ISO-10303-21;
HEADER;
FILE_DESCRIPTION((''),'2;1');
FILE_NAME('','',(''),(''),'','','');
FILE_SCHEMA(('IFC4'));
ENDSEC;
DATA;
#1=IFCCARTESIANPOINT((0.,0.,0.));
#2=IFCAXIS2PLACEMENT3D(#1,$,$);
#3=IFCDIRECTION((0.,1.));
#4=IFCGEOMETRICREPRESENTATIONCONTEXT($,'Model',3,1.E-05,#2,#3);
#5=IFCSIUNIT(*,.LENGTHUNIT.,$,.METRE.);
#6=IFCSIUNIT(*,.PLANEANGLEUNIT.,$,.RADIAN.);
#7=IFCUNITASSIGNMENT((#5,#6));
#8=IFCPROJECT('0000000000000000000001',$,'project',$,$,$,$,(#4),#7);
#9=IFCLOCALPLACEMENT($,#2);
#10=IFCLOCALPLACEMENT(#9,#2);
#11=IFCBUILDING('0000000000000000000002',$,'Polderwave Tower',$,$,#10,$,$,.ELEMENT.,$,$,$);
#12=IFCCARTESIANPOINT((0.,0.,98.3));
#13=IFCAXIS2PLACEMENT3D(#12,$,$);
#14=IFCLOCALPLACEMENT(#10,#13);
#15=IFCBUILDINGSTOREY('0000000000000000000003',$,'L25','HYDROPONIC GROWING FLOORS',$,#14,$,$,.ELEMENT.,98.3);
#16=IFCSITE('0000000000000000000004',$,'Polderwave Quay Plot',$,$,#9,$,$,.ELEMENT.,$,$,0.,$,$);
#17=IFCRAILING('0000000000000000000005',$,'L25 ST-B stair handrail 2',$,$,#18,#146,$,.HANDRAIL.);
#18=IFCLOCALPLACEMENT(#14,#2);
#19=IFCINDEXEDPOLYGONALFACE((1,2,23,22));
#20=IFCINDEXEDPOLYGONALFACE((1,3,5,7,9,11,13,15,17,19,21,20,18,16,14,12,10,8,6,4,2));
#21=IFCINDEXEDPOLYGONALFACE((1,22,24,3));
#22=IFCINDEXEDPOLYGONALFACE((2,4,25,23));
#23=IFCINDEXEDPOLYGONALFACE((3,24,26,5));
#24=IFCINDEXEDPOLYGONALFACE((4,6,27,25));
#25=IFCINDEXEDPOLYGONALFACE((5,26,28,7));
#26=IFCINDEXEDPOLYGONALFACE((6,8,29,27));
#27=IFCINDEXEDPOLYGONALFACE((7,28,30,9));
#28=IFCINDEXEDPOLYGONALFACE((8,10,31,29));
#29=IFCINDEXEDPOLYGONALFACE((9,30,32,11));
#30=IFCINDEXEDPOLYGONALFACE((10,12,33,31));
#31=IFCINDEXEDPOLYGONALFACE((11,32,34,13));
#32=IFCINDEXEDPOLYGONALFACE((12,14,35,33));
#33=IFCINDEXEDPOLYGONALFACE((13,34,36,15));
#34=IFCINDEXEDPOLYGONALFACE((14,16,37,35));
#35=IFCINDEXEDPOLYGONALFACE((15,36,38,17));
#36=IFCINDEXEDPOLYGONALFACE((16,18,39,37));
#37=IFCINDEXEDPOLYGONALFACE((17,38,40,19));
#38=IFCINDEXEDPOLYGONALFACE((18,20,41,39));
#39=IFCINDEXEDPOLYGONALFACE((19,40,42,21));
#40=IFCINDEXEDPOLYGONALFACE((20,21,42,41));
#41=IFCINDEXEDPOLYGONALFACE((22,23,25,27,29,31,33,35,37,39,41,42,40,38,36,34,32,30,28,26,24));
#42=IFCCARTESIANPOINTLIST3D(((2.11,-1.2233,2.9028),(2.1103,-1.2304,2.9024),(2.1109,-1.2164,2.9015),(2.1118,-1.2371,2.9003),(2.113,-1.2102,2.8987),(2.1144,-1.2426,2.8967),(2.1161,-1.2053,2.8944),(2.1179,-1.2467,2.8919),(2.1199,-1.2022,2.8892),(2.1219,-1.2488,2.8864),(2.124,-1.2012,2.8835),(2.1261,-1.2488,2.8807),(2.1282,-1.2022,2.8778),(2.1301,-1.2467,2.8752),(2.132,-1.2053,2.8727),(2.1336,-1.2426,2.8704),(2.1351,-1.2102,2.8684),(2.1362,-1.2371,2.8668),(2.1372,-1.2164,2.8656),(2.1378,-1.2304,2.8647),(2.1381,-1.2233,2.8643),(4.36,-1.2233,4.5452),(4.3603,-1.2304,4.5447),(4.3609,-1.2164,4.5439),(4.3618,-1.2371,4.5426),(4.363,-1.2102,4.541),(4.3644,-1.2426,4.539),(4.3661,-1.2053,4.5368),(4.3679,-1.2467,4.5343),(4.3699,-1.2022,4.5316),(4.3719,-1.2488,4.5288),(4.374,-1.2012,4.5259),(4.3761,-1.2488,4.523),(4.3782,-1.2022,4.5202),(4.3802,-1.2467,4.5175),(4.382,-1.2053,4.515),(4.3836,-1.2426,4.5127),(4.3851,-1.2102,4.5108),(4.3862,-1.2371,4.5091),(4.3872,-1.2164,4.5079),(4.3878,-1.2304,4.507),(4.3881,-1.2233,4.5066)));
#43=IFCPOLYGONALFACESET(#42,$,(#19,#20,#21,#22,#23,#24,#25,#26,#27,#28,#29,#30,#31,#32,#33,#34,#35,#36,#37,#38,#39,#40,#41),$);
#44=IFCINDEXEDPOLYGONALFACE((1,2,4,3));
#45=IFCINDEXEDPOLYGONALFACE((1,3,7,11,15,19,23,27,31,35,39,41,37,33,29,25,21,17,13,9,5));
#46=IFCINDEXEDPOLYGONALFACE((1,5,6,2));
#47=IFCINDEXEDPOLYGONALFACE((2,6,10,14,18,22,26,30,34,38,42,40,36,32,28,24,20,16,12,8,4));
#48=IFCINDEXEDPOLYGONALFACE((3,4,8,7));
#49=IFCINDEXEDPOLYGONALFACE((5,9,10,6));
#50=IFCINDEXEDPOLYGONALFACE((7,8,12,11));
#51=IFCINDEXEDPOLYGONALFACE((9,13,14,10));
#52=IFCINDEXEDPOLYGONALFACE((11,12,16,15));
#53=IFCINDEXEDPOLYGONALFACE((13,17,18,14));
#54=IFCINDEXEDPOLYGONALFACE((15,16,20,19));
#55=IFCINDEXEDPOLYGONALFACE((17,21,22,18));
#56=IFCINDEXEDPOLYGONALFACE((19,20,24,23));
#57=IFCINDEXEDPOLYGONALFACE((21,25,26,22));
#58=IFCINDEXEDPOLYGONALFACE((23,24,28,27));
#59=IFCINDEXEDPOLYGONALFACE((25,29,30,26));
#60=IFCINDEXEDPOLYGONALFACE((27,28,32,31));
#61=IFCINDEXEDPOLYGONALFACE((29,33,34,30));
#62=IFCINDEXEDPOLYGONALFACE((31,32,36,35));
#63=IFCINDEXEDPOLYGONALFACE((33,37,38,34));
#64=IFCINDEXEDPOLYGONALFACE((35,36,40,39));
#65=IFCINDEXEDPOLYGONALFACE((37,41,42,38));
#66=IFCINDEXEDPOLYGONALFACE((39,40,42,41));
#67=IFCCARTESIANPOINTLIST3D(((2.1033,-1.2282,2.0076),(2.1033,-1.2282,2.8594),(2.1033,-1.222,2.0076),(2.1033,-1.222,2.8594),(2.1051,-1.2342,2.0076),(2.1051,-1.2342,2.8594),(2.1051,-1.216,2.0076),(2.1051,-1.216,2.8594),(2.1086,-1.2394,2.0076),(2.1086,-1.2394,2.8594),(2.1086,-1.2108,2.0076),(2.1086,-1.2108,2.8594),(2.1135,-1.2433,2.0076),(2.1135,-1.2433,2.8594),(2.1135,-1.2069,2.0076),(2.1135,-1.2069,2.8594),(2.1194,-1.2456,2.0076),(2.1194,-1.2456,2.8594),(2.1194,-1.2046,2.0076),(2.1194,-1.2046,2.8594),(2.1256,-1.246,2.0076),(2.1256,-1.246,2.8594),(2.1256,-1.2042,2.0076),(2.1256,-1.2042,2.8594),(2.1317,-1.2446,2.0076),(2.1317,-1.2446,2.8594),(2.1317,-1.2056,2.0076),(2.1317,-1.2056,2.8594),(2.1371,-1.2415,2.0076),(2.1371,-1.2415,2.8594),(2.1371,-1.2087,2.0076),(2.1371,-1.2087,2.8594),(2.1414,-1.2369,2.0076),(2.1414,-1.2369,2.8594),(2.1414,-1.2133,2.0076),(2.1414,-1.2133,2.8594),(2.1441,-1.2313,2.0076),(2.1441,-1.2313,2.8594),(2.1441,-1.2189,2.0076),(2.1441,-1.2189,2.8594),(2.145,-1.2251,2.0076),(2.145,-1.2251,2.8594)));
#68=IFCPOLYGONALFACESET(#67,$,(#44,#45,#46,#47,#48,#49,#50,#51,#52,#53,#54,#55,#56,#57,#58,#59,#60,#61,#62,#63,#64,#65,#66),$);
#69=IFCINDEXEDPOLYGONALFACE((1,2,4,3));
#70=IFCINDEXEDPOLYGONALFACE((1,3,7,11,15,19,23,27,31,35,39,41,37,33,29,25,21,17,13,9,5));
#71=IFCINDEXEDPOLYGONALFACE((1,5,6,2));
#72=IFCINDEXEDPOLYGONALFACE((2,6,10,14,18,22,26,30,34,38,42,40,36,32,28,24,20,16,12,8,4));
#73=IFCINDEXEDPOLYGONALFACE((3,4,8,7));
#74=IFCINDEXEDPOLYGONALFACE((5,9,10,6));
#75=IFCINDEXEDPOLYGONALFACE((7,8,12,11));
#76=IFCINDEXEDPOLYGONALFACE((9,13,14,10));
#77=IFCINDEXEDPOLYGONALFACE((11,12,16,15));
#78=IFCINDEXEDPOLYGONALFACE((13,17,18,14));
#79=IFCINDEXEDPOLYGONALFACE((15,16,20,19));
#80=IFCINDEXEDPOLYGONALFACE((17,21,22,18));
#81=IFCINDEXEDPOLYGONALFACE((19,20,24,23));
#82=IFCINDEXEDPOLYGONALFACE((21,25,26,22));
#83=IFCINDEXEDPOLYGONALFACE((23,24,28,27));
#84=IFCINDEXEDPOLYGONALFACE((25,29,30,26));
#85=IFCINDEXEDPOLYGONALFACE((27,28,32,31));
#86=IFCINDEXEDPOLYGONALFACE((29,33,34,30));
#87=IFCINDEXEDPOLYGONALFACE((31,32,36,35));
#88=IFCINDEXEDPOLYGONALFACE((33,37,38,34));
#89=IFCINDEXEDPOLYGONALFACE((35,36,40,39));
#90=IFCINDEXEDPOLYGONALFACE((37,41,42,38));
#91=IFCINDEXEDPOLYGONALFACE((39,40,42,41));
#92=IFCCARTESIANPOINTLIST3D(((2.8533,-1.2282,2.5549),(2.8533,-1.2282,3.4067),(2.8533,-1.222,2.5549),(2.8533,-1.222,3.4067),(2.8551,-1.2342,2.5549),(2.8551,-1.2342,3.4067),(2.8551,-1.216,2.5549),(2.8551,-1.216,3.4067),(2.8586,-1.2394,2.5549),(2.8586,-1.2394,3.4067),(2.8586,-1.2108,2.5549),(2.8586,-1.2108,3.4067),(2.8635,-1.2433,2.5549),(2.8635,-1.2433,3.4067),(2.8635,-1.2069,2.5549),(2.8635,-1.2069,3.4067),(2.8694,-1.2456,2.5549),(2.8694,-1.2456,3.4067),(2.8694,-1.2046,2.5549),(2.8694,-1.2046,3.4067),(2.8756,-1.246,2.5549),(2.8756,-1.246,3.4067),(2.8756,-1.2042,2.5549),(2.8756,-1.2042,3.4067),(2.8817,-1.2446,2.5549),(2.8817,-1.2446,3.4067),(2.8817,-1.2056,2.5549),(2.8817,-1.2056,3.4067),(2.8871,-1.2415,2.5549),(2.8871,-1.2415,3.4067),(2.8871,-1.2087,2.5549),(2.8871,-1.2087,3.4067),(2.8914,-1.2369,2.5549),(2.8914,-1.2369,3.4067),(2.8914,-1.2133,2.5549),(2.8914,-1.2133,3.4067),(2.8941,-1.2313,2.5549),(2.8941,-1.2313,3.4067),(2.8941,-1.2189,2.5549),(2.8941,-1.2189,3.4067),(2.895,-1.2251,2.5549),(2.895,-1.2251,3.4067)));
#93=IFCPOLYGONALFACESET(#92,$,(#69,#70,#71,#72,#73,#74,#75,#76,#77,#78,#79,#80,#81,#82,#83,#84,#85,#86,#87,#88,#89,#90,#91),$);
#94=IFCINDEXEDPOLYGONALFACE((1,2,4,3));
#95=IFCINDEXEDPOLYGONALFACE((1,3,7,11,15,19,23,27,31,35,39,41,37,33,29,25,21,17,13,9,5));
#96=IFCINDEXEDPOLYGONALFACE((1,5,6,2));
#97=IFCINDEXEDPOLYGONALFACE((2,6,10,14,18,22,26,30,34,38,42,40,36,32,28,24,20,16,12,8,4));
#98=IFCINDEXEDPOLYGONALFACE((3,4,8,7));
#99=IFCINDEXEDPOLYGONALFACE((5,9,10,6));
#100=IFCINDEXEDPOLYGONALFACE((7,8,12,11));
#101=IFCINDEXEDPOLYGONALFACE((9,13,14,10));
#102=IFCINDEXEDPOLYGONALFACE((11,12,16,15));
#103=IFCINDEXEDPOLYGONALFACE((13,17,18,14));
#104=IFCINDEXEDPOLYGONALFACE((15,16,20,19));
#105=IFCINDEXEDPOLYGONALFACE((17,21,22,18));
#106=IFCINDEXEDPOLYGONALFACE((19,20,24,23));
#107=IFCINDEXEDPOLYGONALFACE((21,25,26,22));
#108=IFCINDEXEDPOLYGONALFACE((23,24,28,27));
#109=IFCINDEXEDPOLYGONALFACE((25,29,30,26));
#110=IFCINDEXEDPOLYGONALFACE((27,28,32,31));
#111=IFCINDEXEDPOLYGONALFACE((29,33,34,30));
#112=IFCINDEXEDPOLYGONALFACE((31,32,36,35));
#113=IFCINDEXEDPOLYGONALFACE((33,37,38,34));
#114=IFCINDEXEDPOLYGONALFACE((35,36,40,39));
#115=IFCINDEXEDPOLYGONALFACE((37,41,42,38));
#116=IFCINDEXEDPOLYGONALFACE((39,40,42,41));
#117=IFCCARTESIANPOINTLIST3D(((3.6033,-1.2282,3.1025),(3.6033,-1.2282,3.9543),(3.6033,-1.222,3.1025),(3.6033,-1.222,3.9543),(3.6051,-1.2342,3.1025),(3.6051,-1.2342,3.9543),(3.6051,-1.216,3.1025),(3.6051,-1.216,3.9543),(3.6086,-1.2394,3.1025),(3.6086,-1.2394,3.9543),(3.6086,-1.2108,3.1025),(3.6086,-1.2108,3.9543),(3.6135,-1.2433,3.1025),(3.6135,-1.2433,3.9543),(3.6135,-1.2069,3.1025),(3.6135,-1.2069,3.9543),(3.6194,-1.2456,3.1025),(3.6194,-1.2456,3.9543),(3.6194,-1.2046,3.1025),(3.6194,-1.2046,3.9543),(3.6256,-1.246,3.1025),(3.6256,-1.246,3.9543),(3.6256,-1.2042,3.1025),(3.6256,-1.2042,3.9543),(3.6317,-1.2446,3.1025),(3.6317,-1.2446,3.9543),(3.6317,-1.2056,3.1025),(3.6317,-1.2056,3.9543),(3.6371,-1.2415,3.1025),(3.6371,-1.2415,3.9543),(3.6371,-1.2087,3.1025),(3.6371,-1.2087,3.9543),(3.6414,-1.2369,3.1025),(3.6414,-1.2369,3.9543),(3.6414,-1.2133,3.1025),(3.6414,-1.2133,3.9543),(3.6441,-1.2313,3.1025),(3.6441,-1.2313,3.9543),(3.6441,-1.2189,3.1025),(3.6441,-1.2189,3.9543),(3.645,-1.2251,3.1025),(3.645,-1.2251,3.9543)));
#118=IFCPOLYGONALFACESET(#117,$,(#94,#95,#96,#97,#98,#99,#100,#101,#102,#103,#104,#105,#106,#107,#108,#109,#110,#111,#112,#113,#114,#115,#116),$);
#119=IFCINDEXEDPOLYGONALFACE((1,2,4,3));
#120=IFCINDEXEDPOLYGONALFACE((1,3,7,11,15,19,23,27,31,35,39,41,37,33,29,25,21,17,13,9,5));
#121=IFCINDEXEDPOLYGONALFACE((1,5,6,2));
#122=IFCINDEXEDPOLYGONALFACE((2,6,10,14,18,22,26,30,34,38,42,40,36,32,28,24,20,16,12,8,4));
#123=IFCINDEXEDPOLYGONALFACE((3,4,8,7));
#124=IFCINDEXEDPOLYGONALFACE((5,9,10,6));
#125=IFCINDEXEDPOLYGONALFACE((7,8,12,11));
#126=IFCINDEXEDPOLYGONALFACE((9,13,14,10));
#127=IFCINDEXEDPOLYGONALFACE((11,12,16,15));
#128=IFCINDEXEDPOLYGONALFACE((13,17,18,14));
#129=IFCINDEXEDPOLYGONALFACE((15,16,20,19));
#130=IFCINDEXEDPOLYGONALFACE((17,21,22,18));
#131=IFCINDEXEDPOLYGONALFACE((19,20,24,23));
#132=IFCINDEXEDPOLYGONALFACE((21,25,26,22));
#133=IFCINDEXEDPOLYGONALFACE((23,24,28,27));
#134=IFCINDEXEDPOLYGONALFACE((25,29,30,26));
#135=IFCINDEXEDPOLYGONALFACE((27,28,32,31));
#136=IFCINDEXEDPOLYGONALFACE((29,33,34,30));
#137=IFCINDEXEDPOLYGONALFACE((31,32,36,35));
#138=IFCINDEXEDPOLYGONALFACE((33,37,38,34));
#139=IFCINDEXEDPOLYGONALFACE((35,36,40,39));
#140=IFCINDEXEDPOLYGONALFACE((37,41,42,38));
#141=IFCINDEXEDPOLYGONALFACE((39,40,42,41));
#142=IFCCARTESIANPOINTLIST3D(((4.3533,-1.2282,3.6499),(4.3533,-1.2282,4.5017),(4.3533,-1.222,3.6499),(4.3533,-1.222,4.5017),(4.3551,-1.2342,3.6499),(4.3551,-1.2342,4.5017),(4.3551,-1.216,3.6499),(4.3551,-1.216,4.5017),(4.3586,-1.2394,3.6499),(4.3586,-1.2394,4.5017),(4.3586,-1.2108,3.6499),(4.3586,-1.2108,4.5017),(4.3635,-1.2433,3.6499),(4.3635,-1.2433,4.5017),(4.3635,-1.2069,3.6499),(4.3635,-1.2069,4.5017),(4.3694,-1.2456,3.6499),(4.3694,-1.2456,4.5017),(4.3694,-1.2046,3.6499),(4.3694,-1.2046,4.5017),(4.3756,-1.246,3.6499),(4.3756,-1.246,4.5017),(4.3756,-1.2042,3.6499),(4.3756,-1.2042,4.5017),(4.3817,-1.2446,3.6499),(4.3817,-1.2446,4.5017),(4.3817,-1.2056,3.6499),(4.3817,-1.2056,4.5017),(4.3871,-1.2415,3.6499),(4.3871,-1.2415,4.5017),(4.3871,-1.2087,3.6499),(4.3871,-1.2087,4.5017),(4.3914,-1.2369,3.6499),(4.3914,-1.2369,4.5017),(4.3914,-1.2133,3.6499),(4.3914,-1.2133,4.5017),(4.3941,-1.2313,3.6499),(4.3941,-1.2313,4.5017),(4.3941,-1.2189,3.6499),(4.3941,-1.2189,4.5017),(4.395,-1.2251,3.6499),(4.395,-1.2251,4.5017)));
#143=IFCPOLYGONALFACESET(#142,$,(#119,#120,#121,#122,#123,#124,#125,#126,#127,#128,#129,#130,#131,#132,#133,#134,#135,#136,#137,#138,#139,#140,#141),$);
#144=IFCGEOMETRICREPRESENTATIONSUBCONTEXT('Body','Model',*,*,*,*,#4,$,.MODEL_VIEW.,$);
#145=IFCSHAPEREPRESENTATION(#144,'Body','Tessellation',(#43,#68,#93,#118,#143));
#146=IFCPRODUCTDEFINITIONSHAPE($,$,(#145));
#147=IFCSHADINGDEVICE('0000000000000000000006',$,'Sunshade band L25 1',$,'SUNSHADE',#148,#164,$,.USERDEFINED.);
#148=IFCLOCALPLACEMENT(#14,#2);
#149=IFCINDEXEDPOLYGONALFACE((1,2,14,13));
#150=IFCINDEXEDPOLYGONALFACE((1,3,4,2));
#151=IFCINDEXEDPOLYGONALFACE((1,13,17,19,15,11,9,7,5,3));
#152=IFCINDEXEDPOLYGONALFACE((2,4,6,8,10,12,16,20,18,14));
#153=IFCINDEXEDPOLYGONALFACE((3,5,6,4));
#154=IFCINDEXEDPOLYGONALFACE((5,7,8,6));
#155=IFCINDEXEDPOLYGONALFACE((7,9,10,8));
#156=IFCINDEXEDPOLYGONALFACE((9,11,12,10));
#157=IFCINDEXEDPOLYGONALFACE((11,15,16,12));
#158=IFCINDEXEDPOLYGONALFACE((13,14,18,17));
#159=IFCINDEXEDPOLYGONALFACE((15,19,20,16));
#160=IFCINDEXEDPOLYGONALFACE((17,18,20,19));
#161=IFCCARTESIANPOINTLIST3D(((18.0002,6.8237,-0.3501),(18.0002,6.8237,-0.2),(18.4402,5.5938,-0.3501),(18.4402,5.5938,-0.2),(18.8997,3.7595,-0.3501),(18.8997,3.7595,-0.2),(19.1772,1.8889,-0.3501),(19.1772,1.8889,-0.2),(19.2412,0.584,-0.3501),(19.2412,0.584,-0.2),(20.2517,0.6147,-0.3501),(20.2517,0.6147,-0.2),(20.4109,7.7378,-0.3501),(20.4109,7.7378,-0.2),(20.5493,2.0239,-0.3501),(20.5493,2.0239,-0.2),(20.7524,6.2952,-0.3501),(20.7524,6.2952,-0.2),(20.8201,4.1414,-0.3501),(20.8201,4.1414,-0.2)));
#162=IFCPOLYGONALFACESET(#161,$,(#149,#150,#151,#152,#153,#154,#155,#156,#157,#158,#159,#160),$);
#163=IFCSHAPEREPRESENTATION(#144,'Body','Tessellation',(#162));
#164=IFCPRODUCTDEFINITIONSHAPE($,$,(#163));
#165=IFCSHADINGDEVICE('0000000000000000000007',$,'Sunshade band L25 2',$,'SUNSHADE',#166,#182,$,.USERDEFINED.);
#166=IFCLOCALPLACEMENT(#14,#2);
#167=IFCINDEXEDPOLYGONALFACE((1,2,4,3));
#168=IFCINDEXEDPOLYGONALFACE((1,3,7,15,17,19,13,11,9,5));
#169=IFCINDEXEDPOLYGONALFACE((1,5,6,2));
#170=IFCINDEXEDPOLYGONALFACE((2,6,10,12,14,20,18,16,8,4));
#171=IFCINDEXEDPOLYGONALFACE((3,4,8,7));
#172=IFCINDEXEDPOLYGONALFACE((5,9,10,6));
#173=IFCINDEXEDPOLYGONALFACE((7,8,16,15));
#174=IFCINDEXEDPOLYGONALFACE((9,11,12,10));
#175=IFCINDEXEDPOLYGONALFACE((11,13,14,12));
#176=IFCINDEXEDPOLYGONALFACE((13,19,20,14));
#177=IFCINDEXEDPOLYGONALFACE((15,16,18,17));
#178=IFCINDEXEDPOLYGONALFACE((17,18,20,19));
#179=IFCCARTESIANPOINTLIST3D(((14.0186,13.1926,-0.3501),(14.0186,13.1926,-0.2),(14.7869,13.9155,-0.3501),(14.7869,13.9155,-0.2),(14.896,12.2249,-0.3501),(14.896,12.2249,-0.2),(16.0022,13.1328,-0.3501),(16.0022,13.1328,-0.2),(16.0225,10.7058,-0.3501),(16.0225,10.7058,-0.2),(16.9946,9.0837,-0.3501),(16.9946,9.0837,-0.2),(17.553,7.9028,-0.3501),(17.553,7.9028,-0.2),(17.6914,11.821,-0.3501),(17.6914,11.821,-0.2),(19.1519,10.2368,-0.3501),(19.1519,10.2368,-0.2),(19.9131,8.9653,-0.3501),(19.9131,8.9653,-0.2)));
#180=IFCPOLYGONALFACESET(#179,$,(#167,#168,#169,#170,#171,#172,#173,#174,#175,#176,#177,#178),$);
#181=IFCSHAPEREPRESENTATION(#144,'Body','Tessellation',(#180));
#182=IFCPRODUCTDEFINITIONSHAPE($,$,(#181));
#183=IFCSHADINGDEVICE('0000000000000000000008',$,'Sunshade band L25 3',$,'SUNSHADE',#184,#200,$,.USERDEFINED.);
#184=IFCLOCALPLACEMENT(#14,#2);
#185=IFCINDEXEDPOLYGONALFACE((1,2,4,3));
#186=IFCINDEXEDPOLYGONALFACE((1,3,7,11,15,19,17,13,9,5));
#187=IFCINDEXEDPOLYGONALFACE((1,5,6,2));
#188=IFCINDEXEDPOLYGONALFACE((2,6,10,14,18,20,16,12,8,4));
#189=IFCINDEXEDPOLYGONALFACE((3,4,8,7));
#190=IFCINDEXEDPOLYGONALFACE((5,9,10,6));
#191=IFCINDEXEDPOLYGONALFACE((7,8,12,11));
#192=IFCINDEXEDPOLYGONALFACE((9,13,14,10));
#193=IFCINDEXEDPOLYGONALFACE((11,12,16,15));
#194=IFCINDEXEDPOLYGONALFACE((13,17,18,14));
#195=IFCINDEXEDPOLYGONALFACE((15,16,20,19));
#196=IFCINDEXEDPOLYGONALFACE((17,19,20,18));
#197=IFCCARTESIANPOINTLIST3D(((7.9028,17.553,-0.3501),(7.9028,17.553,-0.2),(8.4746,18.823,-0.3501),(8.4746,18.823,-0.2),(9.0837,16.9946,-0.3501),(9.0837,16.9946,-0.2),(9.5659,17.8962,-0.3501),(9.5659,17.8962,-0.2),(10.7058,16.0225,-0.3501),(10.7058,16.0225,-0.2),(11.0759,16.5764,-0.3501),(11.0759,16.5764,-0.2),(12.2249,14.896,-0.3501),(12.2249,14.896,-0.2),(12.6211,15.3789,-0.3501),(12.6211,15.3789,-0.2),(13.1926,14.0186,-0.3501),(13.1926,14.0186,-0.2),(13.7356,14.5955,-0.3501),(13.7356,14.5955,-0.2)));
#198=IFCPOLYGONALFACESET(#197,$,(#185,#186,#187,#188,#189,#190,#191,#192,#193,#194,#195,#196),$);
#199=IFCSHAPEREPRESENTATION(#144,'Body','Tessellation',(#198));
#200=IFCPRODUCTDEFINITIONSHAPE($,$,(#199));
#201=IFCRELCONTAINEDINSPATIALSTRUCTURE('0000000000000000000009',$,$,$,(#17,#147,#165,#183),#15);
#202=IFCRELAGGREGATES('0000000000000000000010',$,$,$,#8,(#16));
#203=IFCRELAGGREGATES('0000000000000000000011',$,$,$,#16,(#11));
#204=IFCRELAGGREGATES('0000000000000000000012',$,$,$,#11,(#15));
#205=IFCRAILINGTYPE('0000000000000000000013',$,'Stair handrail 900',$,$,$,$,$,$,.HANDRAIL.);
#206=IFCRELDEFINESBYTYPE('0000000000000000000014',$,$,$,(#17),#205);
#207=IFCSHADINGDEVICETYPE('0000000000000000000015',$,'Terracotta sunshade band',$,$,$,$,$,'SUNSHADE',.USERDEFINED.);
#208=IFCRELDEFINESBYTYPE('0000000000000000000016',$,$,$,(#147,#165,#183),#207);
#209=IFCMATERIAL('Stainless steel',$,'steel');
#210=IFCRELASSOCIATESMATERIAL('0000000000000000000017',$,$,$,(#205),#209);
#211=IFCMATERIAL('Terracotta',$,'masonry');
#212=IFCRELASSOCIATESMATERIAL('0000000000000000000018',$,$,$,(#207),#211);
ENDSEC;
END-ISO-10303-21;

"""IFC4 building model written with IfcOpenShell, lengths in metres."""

from ifc_helpers import new_model, si_unit, direction, frame, origin, origin_2d, place, context, subcontext, project, spatial, polyline, circle, outline, extrude, material, type_object, element, save


model = new_model("IFC4")

# Units and contexts
model_context = context("Model", 3, precision=1e-05, world=origin(), true_north=direction((0.0, 1.0)))
body_context = subcontext(model_context, "Body", "Model", "MODEL_VIEW")
ifc_project = project(units=[si_unit("LENGTHUNIT", "METRE"), si_unit("PLANEANGLEUNIT", "RADIAN")], contexts=[model_context])

# Site, building, storey
site_placement = place(None, origin())
site = spatial("IfcSite", under=ifc_project, at=site_placement, Name="Polderwave Quay Plot", CompositionType="ELEMENT", RefElevation=0.0)
building_placement = place(site_placement, origin())
building = spatial("IfcBuilding", under=site, at=building_placement, Name="Polderwave Tower", CompositionType="ELEMENT")
storey_placement = place(building_placement, frame((0.0, 0.0, 98.3)))
storey = spatial("IfcBuildingStorey", under=building, at=storey_placement, Name="L25", Description="HYDROPONIC GROWING FLOORS", CompositionType="ELEMENT", Elevation=98.3)

# Railing
ifc_material_1 = material(Name="Stainless steel", Category="steel")
railing_type_1 = type_object("IfcRailingType", Name="Stair handrail 900", PredefinedType="HANDRAIL", material=ifc_material_1)
railing_1_placement = place(storey_placement, frame((2.124, -1.2251, 2.0076)))
element("IfcRailing", 1, at=railing_1_placement, inside=storey, type_object=railing_type_1, Name="L25 ST-B stair handrail 2", PredefinedType="HANDRAIL", context=body_context, shape_type="SweptSolid", body=[
    extrude(circle(Radius=0.0239, at=origin_2d()), frame((0.0, 0.0, 0.876), z_axis=(0.807715, 0.0, 0.589573), x_axis=(0.0, 1.0, 0.0)), (0.0, 0.0, 1.0), 2.7856),
    extrude(circle(Radius=0.021, at=origin_2d()), origin(), (0.0, 0.0, 1.0), 0.8518),
    extrude(circle(Radius=0.021, at=origin_2d()), frame((0.75, 0.0, 0.5474)), (0.0, 0.0, 1.0), 0.8518),
    extrude(circle(Radius=0.021, at=origin_2d()), frame((1.5, 0.0, 1.095)), (0.0, 0.0, 1.0), 0.8518),
    extrude(circle(Radius=0.021, at=origin_2d()), frame((2.25, 0.0, 1.6423)), (0.0, 0.0, 1.0), 0.8518),
])

# Shading devices
ifc_material_2 = material(Name="Terracotta", Category="masonry")
shading_device_type = type_object("IfcShadingDeviceType", Name="Terracotta sunshade band", ElementType="SUNSHADE", PredefinedType="USERDEFINED", material=ifc_material_2)
shading_device_1_placement = place(storey_placement, frame((0.0, 0.0, -0.3501)))
element("IfcShadingDevice", 2, at=shading_device_1_placement, inside=storey, type_object=shading_device_type, Name="Sunshade band L25 1", ObjectType="SUNSHADE", PredefinedType="USERDEFINED", context=body_context, shape_type="SweptSolid", body=[
    extrude(outline(polyline([(19.2412, 0.584), (19.1772, 1.8889), (18.8997, 3.7595), (18.4402, 5.5938), (18.0002, 6.8237), (20.4109, 7.7378), (20.7524, 6.2952), (20.8201, 4.1414), (20.5493, 2.0239), (20.2517, 0.6147), (19.2412, 0.584)])), origin(), (0.0, 0.0, 1.0), 0.1501),
])
shading_device_2_placement = place(storey_placement, frame((0.0, 0.0, -0.3501)))
element("IfcShadingDevice", 3, at=shading_device_2_placement, inside=storey, type_object=shading_device_type, Name="Sunshade band L25 2", ObjectType="SUNSHADE", PredefinedType="USERDEFINED", context=body_context, shape_type="SweptSolid", body=[
    extrude(outline(polyline([(17.553, 7.9028), (16.9946, 9.0837), (16.0225, 10.7058), (14.896, 12.2249), (14.0186, 13.1926), (14.7869, 13.9155), (16.0022, 13.1328), (17.6914, 11.821), (19.1519, 10.2368), (19.9131, 8.9653), (17.553, 7.9028)])), origin(), (0.0, 0.0, 1.0), 0.1501),
])
shading_device_3_placement = place(storey_placement, frame((0.0, 0.0, -0.3501)))
element("IfcShadingDevice", 4, at=shading_device_3_placement, inside=storey, type_object=shading_device_type, Name="Sunshade band L25 3", ObjectType="SUNSHADE", PredefinedType="USERDEFINED", context=body_context, shape_type="SweptSolid", body=[
    extrude(outline(polyline([(13.1926, 14.0186), (12.2249, 14.896), (10.7058, 16.0225), (9.0837, 16.9946), (7.9028, 17.553), (8.4746, 18.823), (9.5659, 17.8962), (11.0759, 16.5764), (12.6211, 15.3789), (13.7356, 14.5955), (13.1926, 14.0186)])), origin(), (0.0, 0.0, 1.0), 0.1501),
])

save(model, "model.ifc")
